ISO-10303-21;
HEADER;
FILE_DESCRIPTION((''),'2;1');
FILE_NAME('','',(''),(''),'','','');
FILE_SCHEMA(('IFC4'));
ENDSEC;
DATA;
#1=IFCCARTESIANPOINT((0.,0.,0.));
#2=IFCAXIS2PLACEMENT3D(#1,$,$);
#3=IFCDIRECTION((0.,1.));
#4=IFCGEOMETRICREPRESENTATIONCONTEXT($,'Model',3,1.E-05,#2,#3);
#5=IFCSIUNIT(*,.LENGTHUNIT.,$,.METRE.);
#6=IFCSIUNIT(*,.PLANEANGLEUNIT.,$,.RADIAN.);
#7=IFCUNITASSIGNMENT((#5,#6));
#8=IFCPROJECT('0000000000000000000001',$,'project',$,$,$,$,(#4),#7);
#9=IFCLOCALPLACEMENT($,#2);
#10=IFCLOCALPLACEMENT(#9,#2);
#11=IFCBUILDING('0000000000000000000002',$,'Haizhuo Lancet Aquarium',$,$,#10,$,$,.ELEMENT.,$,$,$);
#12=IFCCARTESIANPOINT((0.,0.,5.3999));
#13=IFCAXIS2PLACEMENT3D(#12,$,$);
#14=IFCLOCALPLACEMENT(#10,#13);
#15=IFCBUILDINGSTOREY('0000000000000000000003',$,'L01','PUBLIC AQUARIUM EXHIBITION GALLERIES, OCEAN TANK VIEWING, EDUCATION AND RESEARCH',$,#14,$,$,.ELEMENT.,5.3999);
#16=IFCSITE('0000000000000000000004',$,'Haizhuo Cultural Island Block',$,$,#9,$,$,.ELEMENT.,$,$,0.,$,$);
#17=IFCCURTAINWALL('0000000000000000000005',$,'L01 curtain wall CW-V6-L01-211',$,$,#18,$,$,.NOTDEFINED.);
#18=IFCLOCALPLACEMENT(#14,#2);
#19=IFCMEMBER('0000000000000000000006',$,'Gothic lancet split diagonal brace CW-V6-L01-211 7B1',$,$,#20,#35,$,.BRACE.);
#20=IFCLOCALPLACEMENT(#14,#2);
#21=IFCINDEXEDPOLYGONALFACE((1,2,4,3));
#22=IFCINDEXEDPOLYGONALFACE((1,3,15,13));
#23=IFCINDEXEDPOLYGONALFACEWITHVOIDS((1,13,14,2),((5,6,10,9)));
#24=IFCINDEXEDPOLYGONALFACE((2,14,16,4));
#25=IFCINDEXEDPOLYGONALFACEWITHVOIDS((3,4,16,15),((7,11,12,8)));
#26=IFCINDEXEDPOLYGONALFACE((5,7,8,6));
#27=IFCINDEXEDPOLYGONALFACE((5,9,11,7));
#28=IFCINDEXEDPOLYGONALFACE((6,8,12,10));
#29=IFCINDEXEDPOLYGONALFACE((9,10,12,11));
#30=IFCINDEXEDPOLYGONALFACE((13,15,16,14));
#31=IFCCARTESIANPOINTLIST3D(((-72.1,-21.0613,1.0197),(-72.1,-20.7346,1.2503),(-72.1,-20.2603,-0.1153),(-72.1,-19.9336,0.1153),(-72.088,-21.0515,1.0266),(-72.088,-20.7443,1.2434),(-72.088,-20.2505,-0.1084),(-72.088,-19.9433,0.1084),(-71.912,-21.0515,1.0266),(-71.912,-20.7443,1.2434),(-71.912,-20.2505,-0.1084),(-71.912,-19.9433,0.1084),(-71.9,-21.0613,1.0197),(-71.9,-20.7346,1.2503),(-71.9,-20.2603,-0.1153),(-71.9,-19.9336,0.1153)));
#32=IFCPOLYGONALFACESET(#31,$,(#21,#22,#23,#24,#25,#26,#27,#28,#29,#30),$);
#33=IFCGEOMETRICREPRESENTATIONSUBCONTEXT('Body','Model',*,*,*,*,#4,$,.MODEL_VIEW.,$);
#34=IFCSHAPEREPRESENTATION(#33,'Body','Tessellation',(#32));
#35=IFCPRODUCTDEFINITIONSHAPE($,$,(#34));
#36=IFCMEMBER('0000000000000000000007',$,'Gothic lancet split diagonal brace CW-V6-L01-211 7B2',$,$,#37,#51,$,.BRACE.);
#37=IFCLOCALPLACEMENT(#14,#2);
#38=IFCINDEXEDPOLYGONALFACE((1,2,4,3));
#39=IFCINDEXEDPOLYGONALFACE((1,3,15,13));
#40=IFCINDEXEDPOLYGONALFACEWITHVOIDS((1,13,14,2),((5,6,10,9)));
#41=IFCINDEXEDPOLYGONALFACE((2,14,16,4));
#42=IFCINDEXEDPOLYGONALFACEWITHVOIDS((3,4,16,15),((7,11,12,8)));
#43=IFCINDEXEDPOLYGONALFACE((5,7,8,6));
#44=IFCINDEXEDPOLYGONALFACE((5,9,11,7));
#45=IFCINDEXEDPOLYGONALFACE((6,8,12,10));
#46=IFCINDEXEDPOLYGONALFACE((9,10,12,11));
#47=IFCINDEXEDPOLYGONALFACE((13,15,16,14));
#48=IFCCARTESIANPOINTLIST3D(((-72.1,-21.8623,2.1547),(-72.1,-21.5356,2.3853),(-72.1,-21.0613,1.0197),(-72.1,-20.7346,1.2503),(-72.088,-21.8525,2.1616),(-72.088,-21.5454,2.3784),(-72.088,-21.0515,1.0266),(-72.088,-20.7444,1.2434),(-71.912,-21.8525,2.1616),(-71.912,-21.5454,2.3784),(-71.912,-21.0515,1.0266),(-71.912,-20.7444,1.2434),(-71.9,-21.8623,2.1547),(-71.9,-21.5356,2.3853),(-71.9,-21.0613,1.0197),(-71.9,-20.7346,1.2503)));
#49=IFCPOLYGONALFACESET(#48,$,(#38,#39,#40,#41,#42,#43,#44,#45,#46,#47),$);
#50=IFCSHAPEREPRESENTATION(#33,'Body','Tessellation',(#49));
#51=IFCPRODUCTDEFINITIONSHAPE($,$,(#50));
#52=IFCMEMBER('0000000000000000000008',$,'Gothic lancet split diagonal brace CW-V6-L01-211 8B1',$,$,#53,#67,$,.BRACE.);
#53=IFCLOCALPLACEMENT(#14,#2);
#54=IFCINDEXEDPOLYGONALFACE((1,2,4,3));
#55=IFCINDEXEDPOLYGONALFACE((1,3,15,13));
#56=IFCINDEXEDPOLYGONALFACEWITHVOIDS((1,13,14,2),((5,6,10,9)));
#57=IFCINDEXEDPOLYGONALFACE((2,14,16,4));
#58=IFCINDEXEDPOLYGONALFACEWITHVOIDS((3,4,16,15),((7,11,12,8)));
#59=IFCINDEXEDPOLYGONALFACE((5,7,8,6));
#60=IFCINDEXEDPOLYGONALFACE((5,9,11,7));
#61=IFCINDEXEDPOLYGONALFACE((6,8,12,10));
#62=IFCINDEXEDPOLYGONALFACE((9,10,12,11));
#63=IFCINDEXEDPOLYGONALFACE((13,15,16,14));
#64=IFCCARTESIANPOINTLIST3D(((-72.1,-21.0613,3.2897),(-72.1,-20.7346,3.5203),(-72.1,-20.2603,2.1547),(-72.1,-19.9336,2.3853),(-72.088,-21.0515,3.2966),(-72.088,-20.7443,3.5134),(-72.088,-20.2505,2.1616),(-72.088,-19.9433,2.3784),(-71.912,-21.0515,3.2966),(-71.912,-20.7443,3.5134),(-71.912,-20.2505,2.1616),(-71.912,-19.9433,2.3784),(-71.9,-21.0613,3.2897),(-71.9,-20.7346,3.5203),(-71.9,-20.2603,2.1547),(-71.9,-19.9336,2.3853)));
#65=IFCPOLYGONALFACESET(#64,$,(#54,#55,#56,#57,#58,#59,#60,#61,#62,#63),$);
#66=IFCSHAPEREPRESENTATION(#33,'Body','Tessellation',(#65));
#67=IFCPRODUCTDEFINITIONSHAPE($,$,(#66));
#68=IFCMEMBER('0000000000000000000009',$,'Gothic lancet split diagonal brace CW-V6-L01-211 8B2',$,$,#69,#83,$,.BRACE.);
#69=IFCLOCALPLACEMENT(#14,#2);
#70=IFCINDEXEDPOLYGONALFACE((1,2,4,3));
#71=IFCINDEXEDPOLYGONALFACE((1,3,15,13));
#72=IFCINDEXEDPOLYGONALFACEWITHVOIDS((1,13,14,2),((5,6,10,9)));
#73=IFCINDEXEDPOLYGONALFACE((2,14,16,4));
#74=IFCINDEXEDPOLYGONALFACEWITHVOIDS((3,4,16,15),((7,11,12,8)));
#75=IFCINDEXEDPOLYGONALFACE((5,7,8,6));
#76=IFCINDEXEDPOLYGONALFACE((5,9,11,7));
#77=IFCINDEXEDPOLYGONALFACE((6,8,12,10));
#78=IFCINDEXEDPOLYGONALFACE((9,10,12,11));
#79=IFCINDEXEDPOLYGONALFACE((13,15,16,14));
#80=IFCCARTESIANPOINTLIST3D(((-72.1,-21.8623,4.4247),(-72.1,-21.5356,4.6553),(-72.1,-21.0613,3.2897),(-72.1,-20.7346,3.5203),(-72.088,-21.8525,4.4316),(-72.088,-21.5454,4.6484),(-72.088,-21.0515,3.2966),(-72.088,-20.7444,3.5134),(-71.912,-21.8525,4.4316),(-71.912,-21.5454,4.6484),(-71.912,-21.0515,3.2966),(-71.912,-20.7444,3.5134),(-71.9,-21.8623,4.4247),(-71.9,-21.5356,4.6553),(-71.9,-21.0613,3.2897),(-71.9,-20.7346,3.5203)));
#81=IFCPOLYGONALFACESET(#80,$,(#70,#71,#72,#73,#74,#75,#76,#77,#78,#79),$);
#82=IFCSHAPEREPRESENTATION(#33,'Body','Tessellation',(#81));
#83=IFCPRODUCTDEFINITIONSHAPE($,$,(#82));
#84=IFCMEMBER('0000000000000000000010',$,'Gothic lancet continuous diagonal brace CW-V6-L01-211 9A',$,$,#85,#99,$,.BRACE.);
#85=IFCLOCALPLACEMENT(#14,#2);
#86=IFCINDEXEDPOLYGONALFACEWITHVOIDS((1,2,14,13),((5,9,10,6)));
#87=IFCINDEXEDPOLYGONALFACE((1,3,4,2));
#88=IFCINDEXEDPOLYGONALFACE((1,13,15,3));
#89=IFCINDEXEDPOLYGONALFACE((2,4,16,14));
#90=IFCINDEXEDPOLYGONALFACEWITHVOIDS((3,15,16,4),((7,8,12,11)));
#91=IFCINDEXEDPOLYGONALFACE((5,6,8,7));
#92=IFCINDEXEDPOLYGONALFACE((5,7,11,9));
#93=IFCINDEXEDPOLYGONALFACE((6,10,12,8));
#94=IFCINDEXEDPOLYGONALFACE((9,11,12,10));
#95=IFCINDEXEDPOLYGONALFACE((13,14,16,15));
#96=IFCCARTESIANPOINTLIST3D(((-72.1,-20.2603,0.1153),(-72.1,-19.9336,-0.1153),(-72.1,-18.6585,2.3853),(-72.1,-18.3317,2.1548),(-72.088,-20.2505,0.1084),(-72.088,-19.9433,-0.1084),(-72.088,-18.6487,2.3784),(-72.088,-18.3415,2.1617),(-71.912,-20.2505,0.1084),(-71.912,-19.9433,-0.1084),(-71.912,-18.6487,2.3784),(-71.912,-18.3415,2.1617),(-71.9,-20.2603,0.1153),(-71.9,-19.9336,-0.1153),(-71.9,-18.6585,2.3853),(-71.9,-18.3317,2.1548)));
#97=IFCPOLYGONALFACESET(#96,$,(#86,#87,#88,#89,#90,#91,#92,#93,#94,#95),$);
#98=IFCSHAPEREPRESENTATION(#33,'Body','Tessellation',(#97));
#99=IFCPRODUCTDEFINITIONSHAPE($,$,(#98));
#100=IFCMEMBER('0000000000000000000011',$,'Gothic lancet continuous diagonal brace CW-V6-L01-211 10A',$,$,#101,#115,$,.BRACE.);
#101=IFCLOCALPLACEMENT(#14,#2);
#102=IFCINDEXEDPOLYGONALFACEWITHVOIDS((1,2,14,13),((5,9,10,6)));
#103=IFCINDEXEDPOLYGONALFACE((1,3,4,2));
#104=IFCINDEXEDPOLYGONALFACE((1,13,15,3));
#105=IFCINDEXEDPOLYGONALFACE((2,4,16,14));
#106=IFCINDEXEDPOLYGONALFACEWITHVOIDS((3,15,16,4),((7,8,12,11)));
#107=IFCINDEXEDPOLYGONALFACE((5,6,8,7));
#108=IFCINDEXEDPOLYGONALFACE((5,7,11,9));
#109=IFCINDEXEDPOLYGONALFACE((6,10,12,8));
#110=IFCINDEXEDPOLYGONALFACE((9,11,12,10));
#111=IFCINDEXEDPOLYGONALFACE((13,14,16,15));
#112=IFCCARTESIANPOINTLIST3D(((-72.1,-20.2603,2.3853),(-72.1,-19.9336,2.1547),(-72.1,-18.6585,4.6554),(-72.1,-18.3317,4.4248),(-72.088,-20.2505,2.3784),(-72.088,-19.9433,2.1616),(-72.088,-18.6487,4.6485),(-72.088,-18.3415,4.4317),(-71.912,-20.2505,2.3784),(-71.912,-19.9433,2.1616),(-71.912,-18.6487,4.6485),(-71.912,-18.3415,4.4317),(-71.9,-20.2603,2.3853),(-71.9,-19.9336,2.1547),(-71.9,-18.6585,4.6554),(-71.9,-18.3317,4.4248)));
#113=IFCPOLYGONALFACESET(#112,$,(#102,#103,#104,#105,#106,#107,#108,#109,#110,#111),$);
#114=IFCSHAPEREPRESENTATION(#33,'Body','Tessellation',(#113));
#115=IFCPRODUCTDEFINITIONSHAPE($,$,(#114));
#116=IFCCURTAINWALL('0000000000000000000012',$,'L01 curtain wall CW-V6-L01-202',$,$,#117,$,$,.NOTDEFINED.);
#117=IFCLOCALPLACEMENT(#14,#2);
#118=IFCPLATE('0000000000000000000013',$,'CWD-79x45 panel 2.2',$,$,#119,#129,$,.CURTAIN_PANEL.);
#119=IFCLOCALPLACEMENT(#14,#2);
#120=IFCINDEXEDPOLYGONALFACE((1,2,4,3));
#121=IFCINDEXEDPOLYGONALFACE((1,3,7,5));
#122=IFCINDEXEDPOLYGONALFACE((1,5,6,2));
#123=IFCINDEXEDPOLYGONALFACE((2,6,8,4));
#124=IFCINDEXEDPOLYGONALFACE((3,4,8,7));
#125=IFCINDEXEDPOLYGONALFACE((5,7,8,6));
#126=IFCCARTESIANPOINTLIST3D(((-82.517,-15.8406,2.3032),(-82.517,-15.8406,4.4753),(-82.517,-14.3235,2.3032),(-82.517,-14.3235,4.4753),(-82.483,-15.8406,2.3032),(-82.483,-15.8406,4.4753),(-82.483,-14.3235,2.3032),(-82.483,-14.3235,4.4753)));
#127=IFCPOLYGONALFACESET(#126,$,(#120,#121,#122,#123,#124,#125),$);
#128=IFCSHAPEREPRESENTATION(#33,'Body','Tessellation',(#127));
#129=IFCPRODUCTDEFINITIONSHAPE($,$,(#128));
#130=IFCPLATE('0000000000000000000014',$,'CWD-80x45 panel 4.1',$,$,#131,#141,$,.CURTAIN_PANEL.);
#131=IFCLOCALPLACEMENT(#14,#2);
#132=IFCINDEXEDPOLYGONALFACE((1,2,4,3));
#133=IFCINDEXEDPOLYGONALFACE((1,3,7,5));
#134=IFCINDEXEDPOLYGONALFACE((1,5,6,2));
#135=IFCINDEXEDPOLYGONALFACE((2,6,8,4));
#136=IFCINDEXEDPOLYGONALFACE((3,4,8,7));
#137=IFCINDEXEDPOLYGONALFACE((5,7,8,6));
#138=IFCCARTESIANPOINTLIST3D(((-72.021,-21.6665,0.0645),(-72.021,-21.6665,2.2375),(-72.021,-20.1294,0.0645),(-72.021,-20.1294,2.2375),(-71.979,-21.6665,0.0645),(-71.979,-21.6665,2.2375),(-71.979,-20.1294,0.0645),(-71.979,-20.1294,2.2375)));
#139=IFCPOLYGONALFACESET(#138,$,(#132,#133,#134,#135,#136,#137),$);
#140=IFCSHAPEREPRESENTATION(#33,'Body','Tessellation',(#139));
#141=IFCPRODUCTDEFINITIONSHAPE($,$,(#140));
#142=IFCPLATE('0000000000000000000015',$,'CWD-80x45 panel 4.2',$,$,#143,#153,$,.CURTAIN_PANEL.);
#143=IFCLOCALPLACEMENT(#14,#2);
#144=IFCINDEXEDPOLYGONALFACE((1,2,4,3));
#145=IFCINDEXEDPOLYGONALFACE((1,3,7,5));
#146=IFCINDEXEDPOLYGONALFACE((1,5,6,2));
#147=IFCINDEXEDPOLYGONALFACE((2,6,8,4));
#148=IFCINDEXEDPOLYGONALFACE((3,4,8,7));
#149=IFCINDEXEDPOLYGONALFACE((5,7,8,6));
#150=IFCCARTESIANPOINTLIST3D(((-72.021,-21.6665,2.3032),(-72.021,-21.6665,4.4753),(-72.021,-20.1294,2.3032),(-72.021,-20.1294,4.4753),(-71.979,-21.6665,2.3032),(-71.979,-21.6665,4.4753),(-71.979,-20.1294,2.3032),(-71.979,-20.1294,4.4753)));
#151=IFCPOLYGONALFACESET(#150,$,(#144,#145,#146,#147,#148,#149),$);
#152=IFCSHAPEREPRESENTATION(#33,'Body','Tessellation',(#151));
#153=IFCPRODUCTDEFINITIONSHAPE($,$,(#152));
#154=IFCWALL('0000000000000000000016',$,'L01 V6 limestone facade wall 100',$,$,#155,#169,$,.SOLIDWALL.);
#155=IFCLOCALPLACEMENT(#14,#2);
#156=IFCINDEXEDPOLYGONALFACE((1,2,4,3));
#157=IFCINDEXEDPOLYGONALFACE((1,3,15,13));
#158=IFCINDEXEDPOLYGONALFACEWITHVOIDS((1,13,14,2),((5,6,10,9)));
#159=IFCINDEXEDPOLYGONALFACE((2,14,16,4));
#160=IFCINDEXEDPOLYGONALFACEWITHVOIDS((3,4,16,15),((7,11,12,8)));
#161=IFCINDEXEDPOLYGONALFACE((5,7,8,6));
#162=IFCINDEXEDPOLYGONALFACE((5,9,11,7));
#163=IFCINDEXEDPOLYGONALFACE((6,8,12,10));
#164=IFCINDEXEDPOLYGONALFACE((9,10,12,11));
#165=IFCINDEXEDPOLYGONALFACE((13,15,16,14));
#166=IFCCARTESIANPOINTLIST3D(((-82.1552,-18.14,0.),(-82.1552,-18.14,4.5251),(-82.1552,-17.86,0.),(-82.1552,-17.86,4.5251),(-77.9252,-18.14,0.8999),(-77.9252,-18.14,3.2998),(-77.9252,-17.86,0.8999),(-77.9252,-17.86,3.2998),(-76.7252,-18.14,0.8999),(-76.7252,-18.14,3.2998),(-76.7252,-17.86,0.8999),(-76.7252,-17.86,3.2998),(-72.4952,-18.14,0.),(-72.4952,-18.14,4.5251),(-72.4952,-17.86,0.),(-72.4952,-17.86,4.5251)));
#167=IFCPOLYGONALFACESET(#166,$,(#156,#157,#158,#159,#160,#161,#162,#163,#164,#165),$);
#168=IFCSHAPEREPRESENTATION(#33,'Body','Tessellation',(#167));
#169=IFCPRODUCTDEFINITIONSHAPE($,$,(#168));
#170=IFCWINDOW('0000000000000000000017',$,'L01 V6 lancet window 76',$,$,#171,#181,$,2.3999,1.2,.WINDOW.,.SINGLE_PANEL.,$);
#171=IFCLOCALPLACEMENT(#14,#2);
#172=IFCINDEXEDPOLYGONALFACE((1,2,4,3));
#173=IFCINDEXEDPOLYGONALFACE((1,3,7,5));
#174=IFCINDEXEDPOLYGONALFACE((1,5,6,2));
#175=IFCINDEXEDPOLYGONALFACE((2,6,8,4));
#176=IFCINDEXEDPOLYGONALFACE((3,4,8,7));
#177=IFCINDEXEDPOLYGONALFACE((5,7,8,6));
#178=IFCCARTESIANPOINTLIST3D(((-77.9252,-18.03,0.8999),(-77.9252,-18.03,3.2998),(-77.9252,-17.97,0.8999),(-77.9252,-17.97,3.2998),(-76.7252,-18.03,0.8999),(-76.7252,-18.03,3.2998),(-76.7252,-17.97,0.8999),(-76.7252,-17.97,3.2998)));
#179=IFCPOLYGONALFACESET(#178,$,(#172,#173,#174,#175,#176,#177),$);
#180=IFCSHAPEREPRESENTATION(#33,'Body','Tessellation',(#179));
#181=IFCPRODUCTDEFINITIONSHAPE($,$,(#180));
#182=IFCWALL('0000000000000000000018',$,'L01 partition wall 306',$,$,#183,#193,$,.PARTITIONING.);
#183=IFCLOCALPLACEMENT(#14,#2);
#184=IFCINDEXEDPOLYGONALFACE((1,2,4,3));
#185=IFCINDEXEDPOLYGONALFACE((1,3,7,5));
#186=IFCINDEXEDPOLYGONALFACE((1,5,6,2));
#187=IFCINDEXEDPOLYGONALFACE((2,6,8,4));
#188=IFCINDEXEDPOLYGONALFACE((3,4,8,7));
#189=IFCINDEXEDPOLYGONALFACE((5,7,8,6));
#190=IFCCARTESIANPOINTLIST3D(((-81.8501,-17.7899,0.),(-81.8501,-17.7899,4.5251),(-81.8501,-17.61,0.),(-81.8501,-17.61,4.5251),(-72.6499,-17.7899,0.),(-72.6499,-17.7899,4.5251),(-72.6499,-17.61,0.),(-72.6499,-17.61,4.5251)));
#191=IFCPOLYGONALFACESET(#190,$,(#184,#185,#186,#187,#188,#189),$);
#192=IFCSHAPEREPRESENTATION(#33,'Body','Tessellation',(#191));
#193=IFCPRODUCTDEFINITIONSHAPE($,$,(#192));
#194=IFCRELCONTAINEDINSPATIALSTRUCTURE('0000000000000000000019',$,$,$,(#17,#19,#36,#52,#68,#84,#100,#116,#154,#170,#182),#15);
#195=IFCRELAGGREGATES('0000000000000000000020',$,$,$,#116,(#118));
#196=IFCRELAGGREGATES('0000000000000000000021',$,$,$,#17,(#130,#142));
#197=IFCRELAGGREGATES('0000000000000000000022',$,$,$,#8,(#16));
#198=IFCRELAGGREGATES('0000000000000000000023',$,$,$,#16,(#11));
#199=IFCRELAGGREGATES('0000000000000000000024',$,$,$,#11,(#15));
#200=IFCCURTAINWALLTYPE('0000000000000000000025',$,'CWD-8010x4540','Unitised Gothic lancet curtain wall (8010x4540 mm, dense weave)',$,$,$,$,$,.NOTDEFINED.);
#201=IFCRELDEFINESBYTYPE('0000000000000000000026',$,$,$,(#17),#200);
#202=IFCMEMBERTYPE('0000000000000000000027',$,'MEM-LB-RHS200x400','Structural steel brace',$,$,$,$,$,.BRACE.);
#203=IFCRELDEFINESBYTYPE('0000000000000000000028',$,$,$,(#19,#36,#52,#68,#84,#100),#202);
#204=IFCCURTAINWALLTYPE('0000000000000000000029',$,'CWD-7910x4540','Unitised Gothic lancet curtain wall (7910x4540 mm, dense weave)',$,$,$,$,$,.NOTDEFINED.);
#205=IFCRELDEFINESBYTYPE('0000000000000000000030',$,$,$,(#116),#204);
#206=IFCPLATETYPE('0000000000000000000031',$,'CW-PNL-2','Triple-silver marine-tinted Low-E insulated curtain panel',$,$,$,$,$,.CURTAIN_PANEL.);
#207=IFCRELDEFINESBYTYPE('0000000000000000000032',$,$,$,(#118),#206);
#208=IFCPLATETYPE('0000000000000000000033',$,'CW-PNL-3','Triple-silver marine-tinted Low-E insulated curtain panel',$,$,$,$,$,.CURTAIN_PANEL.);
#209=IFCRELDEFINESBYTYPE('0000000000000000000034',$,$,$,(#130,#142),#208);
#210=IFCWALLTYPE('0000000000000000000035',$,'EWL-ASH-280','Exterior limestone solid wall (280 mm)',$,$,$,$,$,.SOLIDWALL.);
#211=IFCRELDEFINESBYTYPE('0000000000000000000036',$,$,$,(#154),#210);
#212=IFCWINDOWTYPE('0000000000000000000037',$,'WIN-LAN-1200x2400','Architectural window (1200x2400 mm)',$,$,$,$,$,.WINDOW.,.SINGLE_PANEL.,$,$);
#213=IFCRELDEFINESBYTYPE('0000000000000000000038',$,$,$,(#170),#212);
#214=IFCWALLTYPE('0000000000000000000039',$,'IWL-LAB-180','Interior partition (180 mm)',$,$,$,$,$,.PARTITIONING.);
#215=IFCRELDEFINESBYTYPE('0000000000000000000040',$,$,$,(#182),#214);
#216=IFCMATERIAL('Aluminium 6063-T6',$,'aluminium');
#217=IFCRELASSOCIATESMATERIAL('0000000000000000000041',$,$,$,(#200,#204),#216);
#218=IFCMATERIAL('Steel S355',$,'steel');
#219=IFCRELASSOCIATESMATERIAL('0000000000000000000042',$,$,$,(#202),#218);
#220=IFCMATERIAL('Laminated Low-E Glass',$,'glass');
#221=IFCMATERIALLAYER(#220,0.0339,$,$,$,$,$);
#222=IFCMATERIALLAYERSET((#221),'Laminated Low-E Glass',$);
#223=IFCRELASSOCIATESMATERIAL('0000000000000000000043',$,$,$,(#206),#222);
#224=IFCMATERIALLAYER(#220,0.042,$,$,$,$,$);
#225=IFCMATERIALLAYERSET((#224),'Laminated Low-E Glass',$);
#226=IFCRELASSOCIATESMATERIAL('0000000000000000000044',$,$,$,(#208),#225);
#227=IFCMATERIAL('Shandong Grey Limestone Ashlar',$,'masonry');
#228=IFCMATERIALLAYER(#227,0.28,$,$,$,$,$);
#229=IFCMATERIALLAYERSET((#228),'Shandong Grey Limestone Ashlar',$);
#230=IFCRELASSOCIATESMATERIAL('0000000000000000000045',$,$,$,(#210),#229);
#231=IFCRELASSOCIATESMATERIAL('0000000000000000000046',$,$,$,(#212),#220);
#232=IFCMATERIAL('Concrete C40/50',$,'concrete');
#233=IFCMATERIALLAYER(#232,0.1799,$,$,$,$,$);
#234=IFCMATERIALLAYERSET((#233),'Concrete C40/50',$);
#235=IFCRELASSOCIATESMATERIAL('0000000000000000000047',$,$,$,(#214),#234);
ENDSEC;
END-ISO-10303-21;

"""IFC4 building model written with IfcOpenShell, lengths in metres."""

from ifc_helpers import new_model, si_unit, direction, frame, frame_2d, origin, origin_2d, place, context, subcontext, project, spatial, rectangle, hollow_rectangle, extrude, material, layer, layer_set, material_profile, profile_set, type_object, element, fill, aggregate, save


model = new_model("IFC4")

# Units and contexts
model_context = context("Model", 3, precision=1e-05, world=origin(), true_north=direction((0.0, 1.0)))
body_context = subcontext(model_context, "Body", "Model", "MODEL_VIEW")
ifc_project = project(units=[si_unit("LENGTHUNIT", "METRE"), si_unit("PLANEANGLEUNIT", "RADIAN")], contexts=[model_context])

# Site, building, storey
site_placement = place(None, origin())
site = spatial("IfcSite", under=ifc_project, at=site_placement, Name="Haizhuo Cultural Island Block", CompositionType="ELEMENT", RefElevation=0.0)
building_placement = place(site_placement, origin())
building = spatial("IfcBuilding", under=site, at=building_placement, Name="Haizhuo Lancet Aquarium", CompositionType="ELEMENT")
storey_placement = place(building_placement, frame((0.0, 0.0, 5.3999)))
storey = spatial("IfcBuildingStorey", under=building, at=storey_placement, Name="L01", Description="PUBLIC AQUARIUM EXHIBITION GALLERIES, OCEAN TANK VIEWING, EDUCATION AND RESEARCH", CompositionType="ELEMENT", Elevation=5.3999)

# Curtain wall
ifc_material_1 = material(Name="Aluminium 6063-T6", Category="aluminium")
curtain_wall_type_1 = type_object("IfcCurtainWallType", Name="CWD-8010x4540", Description="Unitised Gothic lancet curtain wall (8010x4540 mm, dense weave)", PredefinedType="NOTDEFINED", material=ifc_material_1)
curtain_wall_1_placement = place(storey_placement, origin())
curtain_wall_1 = element("IfcCurtainWall", 1, at=curtain_wall_1_placement, inside=storey, type_object=curtain_wall_type_1, Name="L01 curtain wall CW-V6-L01-211", PredefinedType="NOTDEFINED")

# Shared definitions
ifc_material_2 = material(Name="Steel S355", Category="steel")

# Members
ifc_material_profile_1 = material_profile(ifc_material_2, hollow_rectangle(XDim=0.2, YDim=0.3999, WallThickness=0.012, at=origin_2d()), Name="RHS 200x400x12")
ifc_profile_set_1 = profile_set([ifc_material_profile_1], Name="Steel S355")
member_type_1 = type_object("IfcMemberType", Name="MEM-LB-RHS200x400", Description="Structural steel brace", PredefinedType="BRACE", material=ifc_profile_set_1)
for number, where, z_axis, x_axis, name in (
    (2, (-72.0, -20.0969, 0.0), (0.0, -0.576607, 0.817021), (1.0, 0.0, 0.0), "Gothic lancet split diagonal brace CW-V6-L01-211 7B1"),
    (3, (-72.0, -20.8979, 1.135), (0.0, -0.576607, 0.817021), (1.0, 0.0, 0.0), "Gothic lancet split diagonal brace CW-V6-L01-211 7B2"),
    (4, (-72.0, -20.0969, 2.27), (0.0, -0.576607, 0.817021), (1.0, 0.0, 0.0), "Gothic lancet split diagonal brace CW-V6-L01-211 8B1"),
    (5, (-72.0, -20.8979, 3.405), (0.0, -0.576607, 0.817021), (1.0, 0.0, 0.0), "Gothic lancet split diagonal brace CW-V6-L01-211 8B2"),
):
    element("IfcMember", number, at=place(storey_placement, frame(where, z_axis=z_axis, x_axis=x_axis)), inside=storey, type_object=member_type_1, Name=name, PredefinedType="BRACE", context=body_context, shape_type="SweptSolid", body=[
        extrude(hollow_rectangle(XDim=0.2, YDim=0.3999, WallThickness=0.012, at=origin_2d()), origin(), (0.0, 0.0, 1.0), 1.3892),
    ])
for number, where, z_axis, x_axis, name in (
    (6, (-72.0, -20.0969, 0.0), (0.0, 0.576549, 0.817063), (-1.0, 0.0, 0.0), "Gothic lancet continuous diagonal brace CW-V6-L01-211 9A"),
    (7, (-72.0, -20.0969, 2.27), (0.0, 0.576549, 0.817063), (-1.0, 0.0, 0.0), "Gothic lancet continuous diagonal brace CW-V6-L01-211 10A"),
):
    element("IfcMember", number, at=place(storey_placement, frame(where, z_axis=z_axis, x_axis=x_axis)), inside=storey, type_object=member_type_1, Name=name, PredefinedType="BRACE", context=body_context, shape_type="SweptSolid", body=[
        extrude(hollow_rectangle(XDim=0.2, YDim=0.3999, WallThickness=0.012, at=origin_2d()), origin(), (0.0, 0.0, 1.0), 2.7783),
    ])

# Curtain wall, plate
curtain_wall_type_2 = type_object("IfcCurtainWallType", Name="CWD-7910x4540", Description="Unitised Gothic lancet curtain wall (7910x4540 mm, dense weave)", PredefinedType="NOTDEFINED", material=ifc_material_1)
curtain_wall_2_placement = place(storey_placement, origin())
curtain_wall_2 = element("IfcCurtainWall", 8, at=curtain_wall_2_placement, inside=storey, type_object=curtain_wall_type_2, Name="L01 curtain wall CW-V6-L01-202", PredefinedType="NOTDEFINED")
ifc_material_3 = material(Name="Laminated Low-E Glass", Category="glass")
ifc_layer_1 = layer(ifc_material_3, 0.0339)
ifc_layer_set_1 = layer_set([ifc_layer_1], Name="Laminated Low-E Glass")
plate_type_1 = type_object("IfcPlateType", Name="CW-PNL-2", Description="Triple-silver marine-tinted Low-E insulated curtain panel", PredefinedType="CURTAIN_PANEL", material=ifc_layer_set_1)
plate_1_placement = place(storey_placement, frame((-82.5, -15.082, 2.3032), z_axis=(0.0, 0.0, 1.0), x_axis=(0.0, 1.0, 0.0)))
plate_1 = element("IfcPlate", 9, at=plate_1_placement, type_object=plate_type_1, Name="CWD-79x45 panel 2.2", PredefinedType="CURTAIN_PANEL", context=body_context, shape_type="SweptSolid", body=[
    extrude(rectangle(XDim=1.5171, YDim=0.0339, at=origin_2d()), origin(), (0.0, 0.0, 1.0), 2.1721),
])
aggregate(curtain_wall_2, [plate_1])

# Plates
ifc_layer_2 = layer(ifc_material_3, 0.042)
ifc_layer_set_2 = layer_set([ifc_layer_2], Name="Laminated Low-E Glass")
plate_type_2 = type_object("IfcPlateType", Name="CW-PNL-3", Description="Triple-silver marine-tinted Low-E insulated curtain panel", PredefinedType="CURTAIN_PANEL", material=ifc_layer_set_2)
plate_2_placement = place(storey_placement, frame((-72.0, -20.8979, 0.0645), z_axis=(0.0, 0.0, 1.0), x_axis=(0.0, 1.0, 0.0)))
plate_2 = element("IfcPlate", 10, at=plate_2_placement, type_object=plate_type_2, Name="CWD-80x45 panel 4.1", PredefinedType="CURTAIN_PANEL", context=body_context, shape_type="SweptSolid", body=[
    extrude(rectangle(XDim=1.5371, YDim=0.042, at=origin_2d()), origin(), (0.0, 0.0, 1.0), 2.1731),
])
plate_3_placement = place(storey_placement, frame((-72.0, -20.8979, 2.3032), z_axis=(0.0, 0.0, 1.0), x_axis=(0.0, 1.0, 0.0)))
plate_3 = element("IfcPlate", 11, at=plate_3_placement, type_object=plate_type_2, Name="CWD-80x45 panel 4.2", PredefinedType="CURTAIN_PANEL", context=body_context, shape_type="SweptSolid", body=[
    extrude(rectangle(XDim=1.5371, YDim=0.042, at=origin_2d()), origin(), (0.0, 0.0, 1.0), 2.1721),
])
aggregate(curtain_wall_1, [plate_2, plate_3])

# Wall, opening, window
ifc_material_4 = material(Name="Shandong Grey Limestone Ashlar", Category="masonry")
ifc_layer_3 = layer(ifc_material_4, 0.28)
ifc_layer_set_3 = layer_set([ifc_layer_3], Name="Shandong Grey Limestone Ashlar")
wall_type_1 = type_object("IfcWallType", Name="EWL-ASH-280", Description="Exterior limestone solid wall (280 mm)", PredefinedType="SOLIDWALL", material=ifc_layer_set_3)
wall_1_placement = place(storey_placement, frame((-72.4951, -18.0, 0.0), z_axis=(0.0, 0.0, 1.0), x_axis=(-1.0, 0.0, 0.0)))
wall_1 = element("IfcWall", 12, at=wall_1_placement, inside=storey, type_object=wall_type_1, Name="L01 V6 limestone facade wall 100", PredefinedType="SOLIDWALL", context=body_context, shape_type="SweptSolid", body=[
    extrude(rectangle(XDim=9.6599, YDim=0.28, at=frame_2d((4.8301, 0.0))), origin(), (0.0, 0.0, 1.0), 4.5251),
])
opening_placement = place(wall_1_placement, frame((4.23, 0.0, 0.8999)))
opening = element("IfcOpeningElement", 13, at=opening_placement, cuts=wall_1, PredefinedType="OPENING", context=body_context, shape_type="SweptSolid", body=[
    extrude(rectangle(XDim=1.2, YDim=2.3999, at=frame_2d((0.6001, 1.2))), frame((0.0, 0.1499, 0.0), z_axis=(0.0, -1.0, 0.0), x_axis=(1.0, 0.0, 0.0)), (0.0, 0.0, 1.0), 0.3),
])
window_type = type_object("IfcWindowType", Name="WIN-LAN-1200x2400", Description="Architectural window (1200x2400 mm)", PartitioningType="SINGLE_PANEL", PredefinedType="WINDOW", material=ifc_material_3)
window_placement = place(opening_placement, origin())
window = element("IfcWindow", 14, at=window_placement, inside=storey, type_object=window_type, Name="L01 V6 lancet window 76", OverallHeight=2.3999, OverallWidth=1.2, PartitioningType="SINGLE_PANEL", PredefinedType="WINDOW", context=body_context, shape_type="SweptSolid", body=[
    extrude(rectangle(XDim=1.2, YDim=2.3999, at=frame_2d((0.6001, 1.2))), frame((0.0, 0.03, 0.0), z_axis=(0.0, -1.0, 0.0), x_axis=(1.0, 0.0, 0.0)), (0.0, 0.0, 1.0), 0.0601),
])
fill(opening, window)

# Wall
ifc_material_5 = material(Name="Concrete C40/50", Category="concrete")
ifc_layer_4 = layer(ifc_material_5, 0.1799)
ifc_layer_set_4 = layer_set([ifc_layer_4], Name="Concrete C40/50")
wall_type_2 = type_object("IfcWallType", Name="IWL-LAB-180", Description="Interior partition (180 mm)", PredefinedType="PARTITIONING", material=ifc_layer_set_4)
wall_2_placement = place(storey_placement, frame((-81.8501, -17.7, 0.0), z_axis=(0.0, 0.0, 1.0), x_axis=(1.0, 0.0, 0.0)))
element("IfcWall", 15, at=wall_2_placement, inside=storey, type_object=wall_type_2, Name="L01 partition wall 306", PredefinedType="PARTITIONING", context=body_context, shape_type="SweptSolid", body=[
    extrude(rectangle(XDim=9.2002, YDim=0.1799, at=frame_2d((4.6001, 0.0))), origin(), (0.0, 0.0, 1.0), 4.5251),
])

save(model, "model.ifc")
